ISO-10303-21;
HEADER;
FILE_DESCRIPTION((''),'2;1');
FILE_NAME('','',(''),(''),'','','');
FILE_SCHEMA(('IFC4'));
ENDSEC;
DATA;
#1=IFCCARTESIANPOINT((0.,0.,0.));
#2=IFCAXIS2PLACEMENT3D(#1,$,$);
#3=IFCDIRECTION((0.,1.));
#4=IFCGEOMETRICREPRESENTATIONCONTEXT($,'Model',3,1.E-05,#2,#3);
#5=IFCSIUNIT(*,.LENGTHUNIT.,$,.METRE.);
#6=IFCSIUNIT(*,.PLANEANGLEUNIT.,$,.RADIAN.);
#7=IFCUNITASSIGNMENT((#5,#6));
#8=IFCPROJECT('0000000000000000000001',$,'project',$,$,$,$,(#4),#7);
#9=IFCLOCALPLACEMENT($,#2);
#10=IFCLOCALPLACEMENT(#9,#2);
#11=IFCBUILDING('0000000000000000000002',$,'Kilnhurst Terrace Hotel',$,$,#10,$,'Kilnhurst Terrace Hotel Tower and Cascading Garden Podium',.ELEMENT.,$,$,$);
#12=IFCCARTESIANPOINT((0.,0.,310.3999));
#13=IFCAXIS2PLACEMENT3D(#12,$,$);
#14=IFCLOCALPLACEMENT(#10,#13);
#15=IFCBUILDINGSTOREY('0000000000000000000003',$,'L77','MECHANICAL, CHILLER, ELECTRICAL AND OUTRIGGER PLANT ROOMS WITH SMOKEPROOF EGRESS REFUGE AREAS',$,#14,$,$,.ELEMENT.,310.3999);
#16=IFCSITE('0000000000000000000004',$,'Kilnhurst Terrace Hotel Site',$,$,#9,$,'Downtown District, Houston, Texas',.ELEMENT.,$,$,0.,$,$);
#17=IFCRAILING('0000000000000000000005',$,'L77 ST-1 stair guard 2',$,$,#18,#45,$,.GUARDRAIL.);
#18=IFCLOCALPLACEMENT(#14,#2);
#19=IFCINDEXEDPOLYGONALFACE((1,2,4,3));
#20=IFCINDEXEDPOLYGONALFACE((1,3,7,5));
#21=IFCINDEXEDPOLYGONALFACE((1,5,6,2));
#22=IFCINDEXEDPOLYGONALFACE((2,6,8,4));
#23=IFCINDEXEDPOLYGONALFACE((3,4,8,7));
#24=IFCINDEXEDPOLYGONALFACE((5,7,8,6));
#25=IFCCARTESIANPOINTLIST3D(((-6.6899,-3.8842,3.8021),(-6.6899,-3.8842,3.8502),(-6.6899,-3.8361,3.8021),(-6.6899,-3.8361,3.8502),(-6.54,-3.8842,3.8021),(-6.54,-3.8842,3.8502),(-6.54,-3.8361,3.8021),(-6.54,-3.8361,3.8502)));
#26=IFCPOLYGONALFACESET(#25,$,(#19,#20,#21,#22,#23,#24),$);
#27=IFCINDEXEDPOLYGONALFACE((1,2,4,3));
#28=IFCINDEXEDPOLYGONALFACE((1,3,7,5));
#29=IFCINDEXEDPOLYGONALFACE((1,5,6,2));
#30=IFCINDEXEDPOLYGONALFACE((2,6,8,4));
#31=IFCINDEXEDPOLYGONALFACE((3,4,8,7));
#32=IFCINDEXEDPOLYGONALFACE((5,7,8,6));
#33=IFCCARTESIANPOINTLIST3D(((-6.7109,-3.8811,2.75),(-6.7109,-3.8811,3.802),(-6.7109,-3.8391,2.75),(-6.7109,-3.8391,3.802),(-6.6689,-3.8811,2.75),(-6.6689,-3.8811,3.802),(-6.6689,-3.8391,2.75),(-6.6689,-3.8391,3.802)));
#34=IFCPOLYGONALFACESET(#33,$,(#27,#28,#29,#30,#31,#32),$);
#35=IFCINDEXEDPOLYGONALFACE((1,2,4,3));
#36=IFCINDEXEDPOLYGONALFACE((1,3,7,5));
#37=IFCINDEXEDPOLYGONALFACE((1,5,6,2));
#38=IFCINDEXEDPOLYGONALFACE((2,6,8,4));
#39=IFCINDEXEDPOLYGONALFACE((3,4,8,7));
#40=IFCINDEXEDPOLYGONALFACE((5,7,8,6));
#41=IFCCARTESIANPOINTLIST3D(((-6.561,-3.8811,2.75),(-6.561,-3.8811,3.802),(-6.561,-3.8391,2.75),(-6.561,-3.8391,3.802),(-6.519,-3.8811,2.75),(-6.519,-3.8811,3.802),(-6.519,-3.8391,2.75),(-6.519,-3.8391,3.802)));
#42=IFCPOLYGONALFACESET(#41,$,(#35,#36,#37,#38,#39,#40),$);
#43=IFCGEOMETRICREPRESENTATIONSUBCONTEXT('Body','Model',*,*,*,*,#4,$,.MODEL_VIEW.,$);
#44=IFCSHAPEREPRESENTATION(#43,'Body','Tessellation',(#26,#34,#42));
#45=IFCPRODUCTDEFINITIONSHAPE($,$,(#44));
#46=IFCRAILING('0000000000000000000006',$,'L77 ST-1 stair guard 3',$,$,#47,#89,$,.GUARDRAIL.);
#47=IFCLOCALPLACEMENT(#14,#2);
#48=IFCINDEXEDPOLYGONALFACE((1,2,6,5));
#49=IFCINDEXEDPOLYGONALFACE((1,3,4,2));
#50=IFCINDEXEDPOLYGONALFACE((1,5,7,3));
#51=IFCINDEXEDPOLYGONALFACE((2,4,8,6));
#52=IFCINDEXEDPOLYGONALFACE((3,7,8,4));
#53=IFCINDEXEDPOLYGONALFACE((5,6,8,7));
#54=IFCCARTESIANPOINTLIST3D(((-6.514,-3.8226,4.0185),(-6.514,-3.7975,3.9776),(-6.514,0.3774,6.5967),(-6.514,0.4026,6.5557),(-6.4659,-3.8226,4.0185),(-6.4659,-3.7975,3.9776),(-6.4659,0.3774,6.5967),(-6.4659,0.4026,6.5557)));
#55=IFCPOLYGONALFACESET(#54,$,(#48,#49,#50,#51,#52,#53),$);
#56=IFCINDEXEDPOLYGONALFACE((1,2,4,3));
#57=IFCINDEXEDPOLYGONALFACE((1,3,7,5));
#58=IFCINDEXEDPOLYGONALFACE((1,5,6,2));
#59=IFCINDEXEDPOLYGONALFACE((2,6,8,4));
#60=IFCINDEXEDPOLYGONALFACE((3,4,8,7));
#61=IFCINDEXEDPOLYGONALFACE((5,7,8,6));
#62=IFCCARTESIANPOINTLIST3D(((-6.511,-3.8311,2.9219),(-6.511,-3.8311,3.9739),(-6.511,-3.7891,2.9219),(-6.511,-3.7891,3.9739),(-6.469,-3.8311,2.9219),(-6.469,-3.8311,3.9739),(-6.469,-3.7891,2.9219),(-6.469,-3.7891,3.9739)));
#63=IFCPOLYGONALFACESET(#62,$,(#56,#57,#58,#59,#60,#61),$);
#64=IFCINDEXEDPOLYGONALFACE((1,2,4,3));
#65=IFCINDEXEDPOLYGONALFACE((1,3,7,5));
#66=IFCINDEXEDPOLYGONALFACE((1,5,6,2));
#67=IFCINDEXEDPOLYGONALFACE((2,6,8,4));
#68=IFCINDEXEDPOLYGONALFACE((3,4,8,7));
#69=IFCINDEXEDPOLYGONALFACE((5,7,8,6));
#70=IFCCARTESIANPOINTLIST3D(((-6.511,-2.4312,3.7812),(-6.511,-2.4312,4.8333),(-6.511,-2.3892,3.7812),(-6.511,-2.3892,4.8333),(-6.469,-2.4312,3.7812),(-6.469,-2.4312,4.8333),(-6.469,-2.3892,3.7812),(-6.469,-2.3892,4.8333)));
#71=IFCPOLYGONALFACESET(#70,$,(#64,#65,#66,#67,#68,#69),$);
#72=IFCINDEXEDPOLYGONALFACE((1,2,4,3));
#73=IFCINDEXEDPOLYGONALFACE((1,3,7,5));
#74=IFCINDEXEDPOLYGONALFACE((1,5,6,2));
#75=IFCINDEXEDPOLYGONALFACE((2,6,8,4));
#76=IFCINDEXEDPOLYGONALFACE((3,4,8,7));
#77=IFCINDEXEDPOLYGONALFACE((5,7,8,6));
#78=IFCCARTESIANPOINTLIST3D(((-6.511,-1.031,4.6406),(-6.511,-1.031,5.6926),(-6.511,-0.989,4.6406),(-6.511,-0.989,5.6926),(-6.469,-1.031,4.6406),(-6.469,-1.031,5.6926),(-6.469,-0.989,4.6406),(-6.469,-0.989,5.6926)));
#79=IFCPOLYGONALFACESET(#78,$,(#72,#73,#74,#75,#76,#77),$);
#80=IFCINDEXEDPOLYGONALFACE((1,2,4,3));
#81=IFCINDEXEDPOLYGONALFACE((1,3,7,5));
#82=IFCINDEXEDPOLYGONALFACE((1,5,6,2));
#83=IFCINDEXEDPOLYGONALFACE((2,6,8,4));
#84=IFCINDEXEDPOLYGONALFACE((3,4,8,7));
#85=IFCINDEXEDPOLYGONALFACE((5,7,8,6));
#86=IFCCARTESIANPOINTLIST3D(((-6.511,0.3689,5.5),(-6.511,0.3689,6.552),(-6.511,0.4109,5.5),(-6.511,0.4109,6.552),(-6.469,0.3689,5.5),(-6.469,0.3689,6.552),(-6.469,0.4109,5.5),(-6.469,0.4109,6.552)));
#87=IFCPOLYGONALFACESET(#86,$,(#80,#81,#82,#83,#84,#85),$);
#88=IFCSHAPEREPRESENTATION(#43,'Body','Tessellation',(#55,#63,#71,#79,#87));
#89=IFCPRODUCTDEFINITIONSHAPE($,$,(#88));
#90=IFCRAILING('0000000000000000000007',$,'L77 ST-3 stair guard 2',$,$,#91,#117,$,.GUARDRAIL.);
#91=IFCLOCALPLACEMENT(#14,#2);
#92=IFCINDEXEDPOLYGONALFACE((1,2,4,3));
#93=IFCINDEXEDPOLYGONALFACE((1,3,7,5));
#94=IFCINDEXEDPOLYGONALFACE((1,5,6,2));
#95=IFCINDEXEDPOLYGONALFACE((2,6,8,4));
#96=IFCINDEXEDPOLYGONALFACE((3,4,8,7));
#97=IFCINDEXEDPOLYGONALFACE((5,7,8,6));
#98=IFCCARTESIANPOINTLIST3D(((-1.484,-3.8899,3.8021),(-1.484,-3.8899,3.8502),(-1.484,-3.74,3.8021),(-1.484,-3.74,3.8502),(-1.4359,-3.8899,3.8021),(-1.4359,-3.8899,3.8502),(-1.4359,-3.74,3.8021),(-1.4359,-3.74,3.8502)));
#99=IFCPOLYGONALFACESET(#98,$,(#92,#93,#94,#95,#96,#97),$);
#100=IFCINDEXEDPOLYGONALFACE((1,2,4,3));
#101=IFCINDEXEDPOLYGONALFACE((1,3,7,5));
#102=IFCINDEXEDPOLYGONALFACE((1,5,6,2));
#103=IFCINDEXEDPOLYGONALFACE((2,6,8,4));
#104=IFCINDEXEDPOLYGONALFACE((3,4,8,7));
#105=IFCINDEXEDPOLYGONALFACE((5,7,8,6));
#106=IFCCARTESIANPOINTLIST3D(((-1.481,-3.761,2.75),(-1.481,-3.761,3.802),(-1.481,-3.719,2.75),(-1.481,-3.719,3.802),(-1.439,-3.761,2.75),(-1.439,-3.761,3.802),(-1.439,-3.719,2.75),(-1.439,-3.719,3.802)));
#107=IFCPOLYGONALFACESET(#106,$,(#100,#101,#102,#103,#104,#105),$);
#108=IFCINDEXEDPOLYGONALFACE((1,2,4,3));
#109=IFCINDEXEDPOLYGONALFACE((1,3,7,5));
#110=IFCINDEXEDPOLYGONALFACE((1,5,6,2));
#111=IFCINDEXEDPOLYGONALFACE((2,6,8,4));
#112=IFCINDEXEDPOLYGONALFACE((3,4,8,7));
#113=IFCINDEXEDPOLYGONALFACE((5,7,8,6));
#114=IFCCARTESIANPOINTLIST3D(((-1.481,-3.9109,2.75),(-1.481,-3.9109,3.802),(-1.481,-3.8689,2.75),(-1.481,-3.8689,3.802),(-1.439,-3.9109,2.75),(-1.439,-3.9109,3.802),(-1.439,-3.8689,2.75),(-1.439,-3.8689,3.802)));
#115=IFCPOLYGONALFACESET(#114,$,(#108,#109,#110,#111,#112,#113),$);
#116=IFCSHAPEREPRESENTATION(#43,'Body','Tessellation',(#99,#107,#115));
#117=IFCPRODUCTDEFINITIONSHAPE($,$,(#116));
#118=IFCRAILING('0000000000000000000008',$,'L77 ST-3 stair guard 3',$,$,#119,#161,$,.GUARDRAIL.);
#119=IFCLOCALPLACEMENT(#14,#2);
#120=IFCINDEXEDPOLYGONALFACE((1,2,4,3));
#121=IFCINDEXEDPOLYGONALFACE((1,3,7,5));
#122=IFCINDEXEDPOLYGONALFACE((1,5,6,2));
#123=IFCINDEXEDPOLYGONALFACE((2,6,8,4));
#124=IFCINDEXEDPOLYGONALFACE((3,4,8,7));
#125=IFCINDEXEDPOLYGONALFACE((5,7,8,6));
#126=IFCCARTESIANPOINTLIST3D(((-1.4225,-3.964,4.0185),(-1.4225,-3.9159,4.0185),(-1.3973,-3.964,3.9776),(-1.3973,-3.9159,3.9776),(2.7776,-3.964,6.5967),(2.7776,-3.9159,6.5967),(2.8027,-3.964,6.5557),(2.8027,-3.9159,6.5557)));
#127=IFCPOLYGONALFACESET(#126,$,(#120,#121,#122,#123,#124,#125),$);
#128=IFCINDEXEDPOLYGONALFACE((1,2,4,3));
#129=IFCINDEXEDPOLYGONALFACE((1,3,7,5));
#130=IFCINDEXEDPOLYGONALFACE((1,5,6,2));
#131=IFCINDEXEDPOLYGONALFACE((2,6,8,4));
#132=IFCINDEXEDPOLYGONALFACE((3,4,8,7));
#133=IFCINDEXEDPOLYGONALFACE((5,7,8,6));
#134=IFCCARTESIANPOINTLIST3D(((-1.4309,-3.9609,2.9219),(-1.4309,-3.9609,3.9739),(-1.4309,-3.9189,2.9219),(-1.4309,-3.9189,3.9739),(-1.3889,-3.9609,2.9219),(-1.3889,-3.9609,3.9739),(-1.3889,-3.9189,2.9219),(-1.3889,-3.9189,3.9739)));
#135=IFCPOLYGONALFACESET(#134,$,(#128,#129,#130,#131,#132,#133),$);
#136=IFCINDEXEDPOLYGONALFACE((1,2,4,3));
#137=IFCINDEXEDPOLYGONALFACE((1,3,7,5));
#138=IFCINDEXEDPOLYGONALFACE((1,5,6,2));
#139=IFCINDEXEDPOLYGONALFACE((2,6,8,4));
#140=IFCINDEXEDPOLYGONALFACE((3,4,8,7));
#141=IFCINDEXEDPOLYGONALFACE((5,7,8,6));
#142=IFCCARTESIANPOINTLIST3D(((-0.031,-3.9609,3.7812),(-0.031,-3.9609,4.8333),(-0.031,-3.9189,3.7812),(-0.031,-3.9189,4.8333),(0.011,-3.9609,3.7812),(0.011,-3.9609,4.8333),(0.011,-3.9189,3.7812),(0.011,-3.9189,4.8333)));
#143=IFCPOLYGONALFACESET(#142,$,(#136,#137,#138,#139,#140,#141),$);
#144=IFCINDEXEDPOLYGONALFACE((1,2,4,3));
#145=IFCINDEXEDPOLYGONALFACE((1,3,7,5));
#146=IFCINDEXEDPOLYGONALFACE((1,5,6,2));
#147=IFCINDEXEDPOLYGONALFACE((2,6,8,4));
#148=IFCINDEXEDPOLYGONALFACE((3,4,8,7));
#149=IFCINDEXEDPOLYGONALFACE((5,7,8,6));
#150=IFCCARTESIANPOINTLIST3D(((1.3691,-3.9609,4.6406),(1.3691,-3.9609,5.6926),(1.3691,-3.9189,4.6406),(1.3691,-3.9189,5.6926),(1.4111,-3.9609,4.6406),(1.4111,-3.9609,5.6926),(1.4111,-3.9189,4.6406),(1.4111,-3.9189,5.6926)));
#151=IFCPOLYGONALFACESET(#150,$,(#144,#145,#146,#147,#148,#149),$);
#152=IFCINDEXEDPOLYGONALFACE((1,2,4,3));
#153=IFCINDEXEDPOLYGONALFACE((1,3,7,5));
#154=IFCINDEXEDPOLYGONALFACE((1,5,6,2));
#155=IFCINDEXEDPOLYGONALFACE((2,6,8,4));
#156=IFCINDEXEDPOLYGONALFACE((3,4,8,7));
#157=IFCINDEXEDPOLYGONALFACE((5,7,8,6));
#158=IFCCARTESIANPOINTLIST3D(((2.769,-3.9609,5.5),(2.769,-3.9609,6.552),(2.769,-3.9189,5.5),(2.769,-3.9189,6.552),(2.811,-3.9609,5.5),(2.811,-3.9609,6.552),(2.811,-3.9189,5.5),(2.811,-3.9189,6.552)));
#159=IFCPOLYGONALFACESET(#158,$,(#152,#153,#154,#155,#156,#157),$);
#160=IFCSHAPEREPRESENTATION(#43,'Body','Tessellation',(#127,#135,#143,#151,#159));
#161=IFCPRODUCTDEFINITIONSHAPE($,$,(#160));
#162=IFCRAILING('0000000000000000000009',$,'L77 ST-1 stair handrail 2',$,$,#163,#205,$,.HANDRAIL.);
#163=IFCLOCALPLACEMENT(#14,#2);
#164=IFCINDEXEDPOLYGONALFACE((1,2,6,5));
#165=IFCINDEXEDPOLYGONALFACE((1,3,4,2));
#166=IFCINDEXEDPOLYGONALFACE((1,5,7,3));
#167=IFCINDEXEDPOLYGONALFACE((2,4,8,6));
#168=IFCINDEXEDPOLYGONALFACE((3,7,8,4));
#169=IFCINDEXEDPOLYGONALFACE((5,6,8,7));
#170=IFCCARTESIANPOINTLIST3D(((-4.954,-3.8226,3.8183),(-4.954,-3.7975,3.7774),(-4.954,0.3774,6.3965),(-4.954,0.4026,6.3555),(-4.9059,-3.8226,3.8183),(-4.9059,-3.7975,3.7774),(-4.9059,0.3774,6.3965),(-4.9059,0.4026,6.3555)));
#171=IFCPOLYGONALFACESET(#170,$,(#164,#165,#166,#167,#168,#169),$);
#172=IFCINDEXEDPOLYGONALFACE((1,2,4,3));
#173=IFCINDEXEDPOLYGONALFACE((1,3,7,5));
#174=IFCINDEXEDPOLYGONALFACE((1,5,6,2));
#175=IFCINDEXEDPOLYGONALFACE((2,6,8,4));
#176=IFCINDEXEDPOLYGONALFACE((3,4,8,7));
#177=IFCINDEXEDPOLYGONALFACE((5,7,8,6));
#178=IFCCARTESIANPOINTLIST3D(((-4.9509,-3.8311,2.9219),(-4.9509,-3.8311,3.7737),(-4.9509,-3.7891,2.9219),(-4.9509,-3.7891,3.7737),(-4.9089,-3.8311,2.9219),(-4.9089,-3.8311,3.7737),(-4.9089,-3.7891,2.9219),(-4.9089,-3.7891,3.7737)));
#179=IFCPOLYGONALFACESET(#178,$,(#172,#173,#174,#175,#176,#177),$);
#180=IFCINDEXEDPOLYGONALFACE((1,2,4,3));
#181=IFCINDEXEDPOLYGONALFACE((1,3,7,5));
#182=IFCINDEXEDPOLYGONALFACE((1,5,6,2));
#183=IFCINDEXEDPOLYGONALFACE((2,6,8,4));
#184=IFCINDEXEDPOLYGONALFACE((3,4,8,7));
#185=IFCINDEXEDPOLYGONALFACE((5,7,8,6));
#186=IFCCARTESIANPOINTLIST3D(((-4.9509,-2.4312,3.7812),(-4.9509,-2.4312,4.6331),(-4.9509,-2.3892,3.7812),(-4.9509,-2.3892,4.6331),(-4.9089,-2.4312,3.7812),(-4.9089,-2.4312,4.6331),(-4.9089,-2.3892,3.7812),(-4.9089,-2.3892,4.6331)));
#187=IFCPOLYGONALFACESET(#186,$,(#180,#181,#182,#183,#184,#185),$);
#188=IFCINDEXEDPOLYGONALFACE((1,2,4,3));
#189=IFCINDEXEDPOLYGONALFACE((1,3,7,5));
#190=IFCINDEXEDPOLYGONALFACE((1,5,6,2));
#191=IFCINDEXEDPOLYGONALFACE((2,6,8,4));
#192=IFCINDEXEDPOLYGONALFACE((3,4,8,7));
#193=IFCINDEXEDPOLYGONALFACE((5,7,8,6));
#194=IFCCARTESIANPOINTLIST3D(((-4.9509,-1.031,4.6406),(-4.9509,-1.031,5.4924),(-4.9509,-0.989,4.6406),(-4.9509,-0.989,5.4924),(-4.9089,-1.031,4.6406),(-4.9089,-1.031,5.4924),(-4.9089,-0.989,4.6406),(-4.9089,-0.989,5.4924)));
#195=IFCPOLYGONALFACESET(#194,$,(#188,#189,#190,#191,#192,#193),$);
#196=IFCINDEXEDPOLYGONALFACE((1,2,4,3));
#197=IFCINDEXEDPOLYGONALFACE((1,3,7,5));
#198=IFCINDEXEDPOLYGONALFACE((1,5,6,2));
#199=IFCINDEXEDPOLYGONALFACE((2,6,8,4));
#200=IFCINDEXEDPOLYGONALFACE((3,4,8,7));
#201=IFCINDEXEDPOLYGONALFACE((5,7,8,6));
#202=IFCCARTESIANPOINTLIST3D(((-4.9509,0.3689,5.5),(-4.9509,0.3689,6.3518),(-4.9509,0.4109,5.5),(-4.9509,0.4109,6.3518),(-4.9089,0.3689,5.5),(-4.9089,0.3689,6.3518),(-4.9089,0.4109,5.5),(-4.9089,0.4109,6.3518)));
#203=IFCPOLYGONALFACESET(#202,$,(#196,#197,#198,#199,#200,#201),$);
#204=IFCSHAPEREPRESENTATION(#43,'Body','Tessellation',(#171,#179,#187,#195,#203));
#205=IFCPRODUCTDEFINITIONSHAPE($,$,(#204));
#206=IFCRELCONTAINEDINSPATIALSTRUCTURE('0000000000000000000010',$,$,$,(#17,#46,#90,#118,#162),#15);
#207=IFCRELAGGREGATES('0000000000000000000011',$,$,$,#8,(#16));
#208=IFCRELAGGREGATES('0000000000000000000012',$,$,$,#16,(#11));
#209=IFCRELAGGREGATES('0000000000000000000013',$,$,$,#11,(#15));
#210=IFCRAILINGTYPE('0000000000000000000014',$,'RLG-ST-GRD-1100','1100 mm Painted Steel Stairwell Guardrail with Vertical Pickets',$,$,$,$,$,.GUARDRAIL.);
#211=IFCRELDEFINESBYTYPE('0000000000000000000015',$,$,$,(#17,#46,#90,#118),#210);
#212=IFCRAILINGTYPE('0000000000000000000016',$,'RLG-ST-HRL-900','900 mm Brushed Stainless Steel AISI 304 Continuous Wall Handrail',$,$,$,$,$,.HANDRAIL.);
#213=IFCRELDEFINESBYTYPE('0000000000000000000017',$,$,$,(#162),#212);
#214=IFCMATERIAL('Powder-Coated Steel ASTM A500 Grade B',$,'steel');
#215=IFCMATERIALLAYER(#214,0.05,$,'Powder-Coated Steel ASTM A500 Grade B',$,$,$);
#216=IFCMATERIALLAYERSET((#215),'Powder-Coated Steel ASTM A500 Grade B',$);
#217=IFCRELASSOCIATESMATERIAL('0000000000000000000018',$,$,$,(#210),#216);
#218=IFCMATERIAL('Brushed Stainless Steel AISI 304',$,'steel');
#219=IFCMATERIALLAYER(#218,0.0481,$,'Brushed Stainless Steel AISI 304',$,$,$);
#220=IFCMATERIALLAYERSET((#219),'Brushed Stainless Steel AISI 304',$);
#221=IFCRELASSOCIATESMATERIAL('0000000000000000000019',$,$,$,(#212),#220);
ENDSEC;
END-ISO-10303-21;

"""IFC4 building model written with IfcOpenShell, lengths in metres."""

from ifc_helpers import new_model, si_unit, direction, frame, origin, origin_2d, place, context, subcontext, project, spatial, rectangle, extrude, material, layer, layer_set, type_object, element, save


model = new_model("IFC4")

# Units and contexts
model_context = context("Model", 3, precision=1e-05, world=origin(), true_north=direction((0.0, 1.0)))
body_context = subcontext(model_context, "Body", "Model", "MODEL_VIEW")
ifc_project = project(units=[si_unit("LENGTHUNIT", "METRE"), si_unit("PLANEANGLEUNIT", "RADIAN")], contexts=[model_context])

# Site, building, storey
site_placement = place(None, origin())
site = spatial("IfcSite", under=ifc_project, at=site_placement, Name="Kilnhurst Terrace Hotel Site", LongName="Downtown District, Houston, Texas", CompositionType="ELEMENT", RefElevation=0.0)
building_placement = place(site_placement, origin())
building = spatial("IfcBuilding", under=site, at=building_placement, Name="Kilnhurst Terrace Hotel", LongName="Kilnhurst Terrace Hotel Tower and Cascading Garden Podium", CompositionType="ELEMENT")
storey_placement = place(building_placement, frame((0.0, 0.0, 310.3999)))
storey = spatial("IfcBuildingStorey", under=building, at=storey_placement, Name="L77", Description="MECHANICAL, CHILLER, ELECTRICAL AND OUTRIGGER PLANT ROOMS WITH SMOKEPROOF EGRESS REFUGE AREAS", CompositionType="ELEMENT", Elevation=310.3999)

# Railings
ifc_material_1 = material(Name="Powder-Coated Steel ASTM A500 Grade B", Category="steel")
ifc_layer_1 = layer(ifc_material_1, 0.05, Name="Powder-Coated Steel ASTM A500 Grade B")
ifc_layer_set_1 = layer_set([ifc_layer_1], Name="Powder-Coated Steel ASTM A500 Grade B")
railing_type_1 = type_object("IfcRailingType", Name="RLG-ST-GRD-1100", Description="1100 mm Painted Steel Stairwell Guardrail with Vertical Pickets", PredefinedType="GUARDRAIL", material=ifc_layer_set_1)
railing_1_placement = place(storey_placement, frame((-6.6899, -3.8601, 2.75)))
element("IfcRailing", 1, at=railing_1_placement, inside=storey, type_object=railing_type_1, Name="L77 ST-1 stair guard 2", PredefinedType="GUARDRAIL", context=body_context, shape_type="SweptSolid", body=[
    extrude(rectangle(XDim=0.0481, YDim=0.0481, at=origin_2d()), frame((0.0, 0.0, 1.0762), z_axis=(1.0, 0.0, 0.0), x_axis=(0.0, 1.0, 0.0)), (0.0, 0.0, 1.0), 0.1499),
    extrude(rectangle(XDim=0.042, YDim=0.042, at=origin_2d()), origin(), (0.0, 0.0, 1.0), 1.052),
    extrude(rectangle(XDim=0.042, YDim=0.042, at=origin_2d()), frame((0.1499, 0.0, 0.0)), (0.0, 0.0, 1.0), 1.052),
])
railing_2_placement = place(storey_placement, frame((-6.49, -3.8101, 2.9219)))
element("IfcRailing", 2, at=railing_2_placement, inside=storey, type_object=railing_type_1, Name="L77 ST-1 stair guard 3", PredefinedType="GUARDRAIL", context=body_context, shape_type="SweptSolid", body=[
    extrude(rectangle(XDim=0.0481, YDim=0.0481, at=origin_2d()), frame((0.0, 0.0, 1.0762), z_axis=(0.0, 0.852243, 0.523146), x_axis=(-1.0, 0.0, 0.0)), (0.0, 0.0, 1.0), 4.9282),
    extrude(rectangle(XDim=0.042, YDim=0.042, at=origin_2d()), origin(), (0.0, 0.0, 1.0), 1.052),
    extrude(rectangle(XDim=0.042, YDim=0.042, at=origin_2d()), frame((0.0, 1.3999, 0.8594)), (0.0, 0.0, 1.0), 1.052),
    extrude(rectangle(XDim=0.042, YDim=0.042, at=origin_2d()), frame((0.0, 2.8, 1.7188)), (0.0, 0.0, 1.0), 1.052),
    extrude(rectangle(XDim=0.042, YDim=0.042, at=origin_2d()), frame((0.0, 4.2, 2.5781)), (0.0, 0.0, 1.0), 1.052),
])
railing_3_placement = place(storey_placement, frame((-1.46, -3.74, 2.75)))
element("IfcRailing", 3, at=railing_3_placement, inside=storey, type_object=railing_type_1, Name="L77 ST-3 stair guard 2", PredefinedType="GUARDRAIL", context=body_context, shape_type="SweptSolid", body=[
    extrude(rectangle(XDim=0.0481, YDim=0.0481, at=origin_2d()), frame((0.0, 0.0, 1.0762), z_axis=(0.0, -1.0, 0.0), x_axis=(1.0, 0.0, 0.0)), (0.0, 0.0, 1.0), 0.1499),
    extrude(rectangle(XDim=0.042, YDim=0.042, at=origin_2d()), origin(), (0.0, 0.0, 1.0), 1.052),
    extrude(rectangle(XDim=0.042, YDim=0.042, at=origin_2d()), frame((0.0, -0.1499, 0.0)), (0.0, 0.0, 1.0), 1.052),
])
railing_4_placement = place(storey_placement, frame((-1.4099, -3.9399, 2.9219)))
element("IfcRailing", 4, at=railing_4_placement, inside=storey, type_object=railing_type_1, Name="L77 ST-3 stair guard 3", PredefinedType="GUARDRAIL", context=body_context, shape_type="SweptSolid", body=[
    extrude(rectangle(XDim=0.0481, YDim=0.0481, at=origin_2d()), frame((0.0, 0.0, 1.0762), z_axis=(0.852243, 0.0, 0.523146), x_axis=(0.0, 1.0, 0.0)), (0.0, 0.0, 1.0), 4.9282),
    extrude(rectangle(XDim=0.042, YDim=0.042, at=origin_2d()), origin(), (0.0, 0.0, 1.0), 1.052),
    extrude(rectangle(XDim=0.042, YDim=0.042, at=origin_2d()), frame((1.3999, 0.0, 0.8594)), (0.0, 0.0, 1.0), 1.052),
    extrude(rectangle(XDim=0.042, YDim=0.042, at=origin_2d()), frame((2.8, 0.0, 1.7188)), (0.0, 0.0, 1.0), 1.052),
    extrude(rectangle(XDim=0.042, YDim=0.042, at=origin_2d()), frame((4.2, 0.0, 2.5781)), (0.0, 0.0, 1.0), 1.052),
])
ifc_material_2 = material(Name="Brushed Stainless Steel AISI 304", Category="steel")
ifc_layer_2 = layer(ifc_material_2, 0.0481, Name="Brushed Stainless Steel AISI 304")
ifc_layer_set_2 = layer_set([ifc_layer_2], Name="Brushed Stainless Steel AISI 304")
railing_type_2 = type_object("IfcRailingType", Name="RLG-ST-HRL-900", Description="900 mm Brushed Stainless Steel AISI 304 Continuous Wall Handrail", PredefinedType="HANDRAIL", material=ifc_layer_set_2)
railing_5_placement = place(storey_placement, frame((-4.9299, -3.8101, 2.9219)))
element("IfcRailing", 5, at=railing_5_placement, inside=storey, type_object=railing_type_2, Name="L77 ST-1 stair handrail 2", PredefinedType="HANDRAIL", context=body_context, shape_type="SweptSolid", body=[
    extrude(rectangle(XDim=0.0481, YDim=0.0481, at=origin_2d()), frame((0.0, 0.0, 0.876), z_axis=(0.0, 0.852243, 0.523146), x_axis=(-1.0, 0.0, 0.0)), (0.0, 0.0, 1.0), 4.9282),
    extrude(rectangle(XDim=0.042, YDim=0.042, at=origin_2d()), origin(), (0.0, 0.0, 1.0), 0.8518),
    extrude(rectangle(XDim=0.042, YDim=0.042, at=origin_2d()), frame((0.0, 1.3999, 0.8594)), (0.0, 0.0, 1.0), 0.8518),
    extrude(rectangle(XDim=0.042, YDim=0.042, at=origin_2d()), frame((0.0, 2.8, 1.7188)), (0.0, 0.0, 1.0), 0.8518),
    extrude(rectangle(XDim=0.042, YDim=0.042, at=origin_2d()), frame((0.0, 4.2, 2.5781)), (0.0, 0.0, 1.0), 0.8518),
])

save(model, "model.ifc")
